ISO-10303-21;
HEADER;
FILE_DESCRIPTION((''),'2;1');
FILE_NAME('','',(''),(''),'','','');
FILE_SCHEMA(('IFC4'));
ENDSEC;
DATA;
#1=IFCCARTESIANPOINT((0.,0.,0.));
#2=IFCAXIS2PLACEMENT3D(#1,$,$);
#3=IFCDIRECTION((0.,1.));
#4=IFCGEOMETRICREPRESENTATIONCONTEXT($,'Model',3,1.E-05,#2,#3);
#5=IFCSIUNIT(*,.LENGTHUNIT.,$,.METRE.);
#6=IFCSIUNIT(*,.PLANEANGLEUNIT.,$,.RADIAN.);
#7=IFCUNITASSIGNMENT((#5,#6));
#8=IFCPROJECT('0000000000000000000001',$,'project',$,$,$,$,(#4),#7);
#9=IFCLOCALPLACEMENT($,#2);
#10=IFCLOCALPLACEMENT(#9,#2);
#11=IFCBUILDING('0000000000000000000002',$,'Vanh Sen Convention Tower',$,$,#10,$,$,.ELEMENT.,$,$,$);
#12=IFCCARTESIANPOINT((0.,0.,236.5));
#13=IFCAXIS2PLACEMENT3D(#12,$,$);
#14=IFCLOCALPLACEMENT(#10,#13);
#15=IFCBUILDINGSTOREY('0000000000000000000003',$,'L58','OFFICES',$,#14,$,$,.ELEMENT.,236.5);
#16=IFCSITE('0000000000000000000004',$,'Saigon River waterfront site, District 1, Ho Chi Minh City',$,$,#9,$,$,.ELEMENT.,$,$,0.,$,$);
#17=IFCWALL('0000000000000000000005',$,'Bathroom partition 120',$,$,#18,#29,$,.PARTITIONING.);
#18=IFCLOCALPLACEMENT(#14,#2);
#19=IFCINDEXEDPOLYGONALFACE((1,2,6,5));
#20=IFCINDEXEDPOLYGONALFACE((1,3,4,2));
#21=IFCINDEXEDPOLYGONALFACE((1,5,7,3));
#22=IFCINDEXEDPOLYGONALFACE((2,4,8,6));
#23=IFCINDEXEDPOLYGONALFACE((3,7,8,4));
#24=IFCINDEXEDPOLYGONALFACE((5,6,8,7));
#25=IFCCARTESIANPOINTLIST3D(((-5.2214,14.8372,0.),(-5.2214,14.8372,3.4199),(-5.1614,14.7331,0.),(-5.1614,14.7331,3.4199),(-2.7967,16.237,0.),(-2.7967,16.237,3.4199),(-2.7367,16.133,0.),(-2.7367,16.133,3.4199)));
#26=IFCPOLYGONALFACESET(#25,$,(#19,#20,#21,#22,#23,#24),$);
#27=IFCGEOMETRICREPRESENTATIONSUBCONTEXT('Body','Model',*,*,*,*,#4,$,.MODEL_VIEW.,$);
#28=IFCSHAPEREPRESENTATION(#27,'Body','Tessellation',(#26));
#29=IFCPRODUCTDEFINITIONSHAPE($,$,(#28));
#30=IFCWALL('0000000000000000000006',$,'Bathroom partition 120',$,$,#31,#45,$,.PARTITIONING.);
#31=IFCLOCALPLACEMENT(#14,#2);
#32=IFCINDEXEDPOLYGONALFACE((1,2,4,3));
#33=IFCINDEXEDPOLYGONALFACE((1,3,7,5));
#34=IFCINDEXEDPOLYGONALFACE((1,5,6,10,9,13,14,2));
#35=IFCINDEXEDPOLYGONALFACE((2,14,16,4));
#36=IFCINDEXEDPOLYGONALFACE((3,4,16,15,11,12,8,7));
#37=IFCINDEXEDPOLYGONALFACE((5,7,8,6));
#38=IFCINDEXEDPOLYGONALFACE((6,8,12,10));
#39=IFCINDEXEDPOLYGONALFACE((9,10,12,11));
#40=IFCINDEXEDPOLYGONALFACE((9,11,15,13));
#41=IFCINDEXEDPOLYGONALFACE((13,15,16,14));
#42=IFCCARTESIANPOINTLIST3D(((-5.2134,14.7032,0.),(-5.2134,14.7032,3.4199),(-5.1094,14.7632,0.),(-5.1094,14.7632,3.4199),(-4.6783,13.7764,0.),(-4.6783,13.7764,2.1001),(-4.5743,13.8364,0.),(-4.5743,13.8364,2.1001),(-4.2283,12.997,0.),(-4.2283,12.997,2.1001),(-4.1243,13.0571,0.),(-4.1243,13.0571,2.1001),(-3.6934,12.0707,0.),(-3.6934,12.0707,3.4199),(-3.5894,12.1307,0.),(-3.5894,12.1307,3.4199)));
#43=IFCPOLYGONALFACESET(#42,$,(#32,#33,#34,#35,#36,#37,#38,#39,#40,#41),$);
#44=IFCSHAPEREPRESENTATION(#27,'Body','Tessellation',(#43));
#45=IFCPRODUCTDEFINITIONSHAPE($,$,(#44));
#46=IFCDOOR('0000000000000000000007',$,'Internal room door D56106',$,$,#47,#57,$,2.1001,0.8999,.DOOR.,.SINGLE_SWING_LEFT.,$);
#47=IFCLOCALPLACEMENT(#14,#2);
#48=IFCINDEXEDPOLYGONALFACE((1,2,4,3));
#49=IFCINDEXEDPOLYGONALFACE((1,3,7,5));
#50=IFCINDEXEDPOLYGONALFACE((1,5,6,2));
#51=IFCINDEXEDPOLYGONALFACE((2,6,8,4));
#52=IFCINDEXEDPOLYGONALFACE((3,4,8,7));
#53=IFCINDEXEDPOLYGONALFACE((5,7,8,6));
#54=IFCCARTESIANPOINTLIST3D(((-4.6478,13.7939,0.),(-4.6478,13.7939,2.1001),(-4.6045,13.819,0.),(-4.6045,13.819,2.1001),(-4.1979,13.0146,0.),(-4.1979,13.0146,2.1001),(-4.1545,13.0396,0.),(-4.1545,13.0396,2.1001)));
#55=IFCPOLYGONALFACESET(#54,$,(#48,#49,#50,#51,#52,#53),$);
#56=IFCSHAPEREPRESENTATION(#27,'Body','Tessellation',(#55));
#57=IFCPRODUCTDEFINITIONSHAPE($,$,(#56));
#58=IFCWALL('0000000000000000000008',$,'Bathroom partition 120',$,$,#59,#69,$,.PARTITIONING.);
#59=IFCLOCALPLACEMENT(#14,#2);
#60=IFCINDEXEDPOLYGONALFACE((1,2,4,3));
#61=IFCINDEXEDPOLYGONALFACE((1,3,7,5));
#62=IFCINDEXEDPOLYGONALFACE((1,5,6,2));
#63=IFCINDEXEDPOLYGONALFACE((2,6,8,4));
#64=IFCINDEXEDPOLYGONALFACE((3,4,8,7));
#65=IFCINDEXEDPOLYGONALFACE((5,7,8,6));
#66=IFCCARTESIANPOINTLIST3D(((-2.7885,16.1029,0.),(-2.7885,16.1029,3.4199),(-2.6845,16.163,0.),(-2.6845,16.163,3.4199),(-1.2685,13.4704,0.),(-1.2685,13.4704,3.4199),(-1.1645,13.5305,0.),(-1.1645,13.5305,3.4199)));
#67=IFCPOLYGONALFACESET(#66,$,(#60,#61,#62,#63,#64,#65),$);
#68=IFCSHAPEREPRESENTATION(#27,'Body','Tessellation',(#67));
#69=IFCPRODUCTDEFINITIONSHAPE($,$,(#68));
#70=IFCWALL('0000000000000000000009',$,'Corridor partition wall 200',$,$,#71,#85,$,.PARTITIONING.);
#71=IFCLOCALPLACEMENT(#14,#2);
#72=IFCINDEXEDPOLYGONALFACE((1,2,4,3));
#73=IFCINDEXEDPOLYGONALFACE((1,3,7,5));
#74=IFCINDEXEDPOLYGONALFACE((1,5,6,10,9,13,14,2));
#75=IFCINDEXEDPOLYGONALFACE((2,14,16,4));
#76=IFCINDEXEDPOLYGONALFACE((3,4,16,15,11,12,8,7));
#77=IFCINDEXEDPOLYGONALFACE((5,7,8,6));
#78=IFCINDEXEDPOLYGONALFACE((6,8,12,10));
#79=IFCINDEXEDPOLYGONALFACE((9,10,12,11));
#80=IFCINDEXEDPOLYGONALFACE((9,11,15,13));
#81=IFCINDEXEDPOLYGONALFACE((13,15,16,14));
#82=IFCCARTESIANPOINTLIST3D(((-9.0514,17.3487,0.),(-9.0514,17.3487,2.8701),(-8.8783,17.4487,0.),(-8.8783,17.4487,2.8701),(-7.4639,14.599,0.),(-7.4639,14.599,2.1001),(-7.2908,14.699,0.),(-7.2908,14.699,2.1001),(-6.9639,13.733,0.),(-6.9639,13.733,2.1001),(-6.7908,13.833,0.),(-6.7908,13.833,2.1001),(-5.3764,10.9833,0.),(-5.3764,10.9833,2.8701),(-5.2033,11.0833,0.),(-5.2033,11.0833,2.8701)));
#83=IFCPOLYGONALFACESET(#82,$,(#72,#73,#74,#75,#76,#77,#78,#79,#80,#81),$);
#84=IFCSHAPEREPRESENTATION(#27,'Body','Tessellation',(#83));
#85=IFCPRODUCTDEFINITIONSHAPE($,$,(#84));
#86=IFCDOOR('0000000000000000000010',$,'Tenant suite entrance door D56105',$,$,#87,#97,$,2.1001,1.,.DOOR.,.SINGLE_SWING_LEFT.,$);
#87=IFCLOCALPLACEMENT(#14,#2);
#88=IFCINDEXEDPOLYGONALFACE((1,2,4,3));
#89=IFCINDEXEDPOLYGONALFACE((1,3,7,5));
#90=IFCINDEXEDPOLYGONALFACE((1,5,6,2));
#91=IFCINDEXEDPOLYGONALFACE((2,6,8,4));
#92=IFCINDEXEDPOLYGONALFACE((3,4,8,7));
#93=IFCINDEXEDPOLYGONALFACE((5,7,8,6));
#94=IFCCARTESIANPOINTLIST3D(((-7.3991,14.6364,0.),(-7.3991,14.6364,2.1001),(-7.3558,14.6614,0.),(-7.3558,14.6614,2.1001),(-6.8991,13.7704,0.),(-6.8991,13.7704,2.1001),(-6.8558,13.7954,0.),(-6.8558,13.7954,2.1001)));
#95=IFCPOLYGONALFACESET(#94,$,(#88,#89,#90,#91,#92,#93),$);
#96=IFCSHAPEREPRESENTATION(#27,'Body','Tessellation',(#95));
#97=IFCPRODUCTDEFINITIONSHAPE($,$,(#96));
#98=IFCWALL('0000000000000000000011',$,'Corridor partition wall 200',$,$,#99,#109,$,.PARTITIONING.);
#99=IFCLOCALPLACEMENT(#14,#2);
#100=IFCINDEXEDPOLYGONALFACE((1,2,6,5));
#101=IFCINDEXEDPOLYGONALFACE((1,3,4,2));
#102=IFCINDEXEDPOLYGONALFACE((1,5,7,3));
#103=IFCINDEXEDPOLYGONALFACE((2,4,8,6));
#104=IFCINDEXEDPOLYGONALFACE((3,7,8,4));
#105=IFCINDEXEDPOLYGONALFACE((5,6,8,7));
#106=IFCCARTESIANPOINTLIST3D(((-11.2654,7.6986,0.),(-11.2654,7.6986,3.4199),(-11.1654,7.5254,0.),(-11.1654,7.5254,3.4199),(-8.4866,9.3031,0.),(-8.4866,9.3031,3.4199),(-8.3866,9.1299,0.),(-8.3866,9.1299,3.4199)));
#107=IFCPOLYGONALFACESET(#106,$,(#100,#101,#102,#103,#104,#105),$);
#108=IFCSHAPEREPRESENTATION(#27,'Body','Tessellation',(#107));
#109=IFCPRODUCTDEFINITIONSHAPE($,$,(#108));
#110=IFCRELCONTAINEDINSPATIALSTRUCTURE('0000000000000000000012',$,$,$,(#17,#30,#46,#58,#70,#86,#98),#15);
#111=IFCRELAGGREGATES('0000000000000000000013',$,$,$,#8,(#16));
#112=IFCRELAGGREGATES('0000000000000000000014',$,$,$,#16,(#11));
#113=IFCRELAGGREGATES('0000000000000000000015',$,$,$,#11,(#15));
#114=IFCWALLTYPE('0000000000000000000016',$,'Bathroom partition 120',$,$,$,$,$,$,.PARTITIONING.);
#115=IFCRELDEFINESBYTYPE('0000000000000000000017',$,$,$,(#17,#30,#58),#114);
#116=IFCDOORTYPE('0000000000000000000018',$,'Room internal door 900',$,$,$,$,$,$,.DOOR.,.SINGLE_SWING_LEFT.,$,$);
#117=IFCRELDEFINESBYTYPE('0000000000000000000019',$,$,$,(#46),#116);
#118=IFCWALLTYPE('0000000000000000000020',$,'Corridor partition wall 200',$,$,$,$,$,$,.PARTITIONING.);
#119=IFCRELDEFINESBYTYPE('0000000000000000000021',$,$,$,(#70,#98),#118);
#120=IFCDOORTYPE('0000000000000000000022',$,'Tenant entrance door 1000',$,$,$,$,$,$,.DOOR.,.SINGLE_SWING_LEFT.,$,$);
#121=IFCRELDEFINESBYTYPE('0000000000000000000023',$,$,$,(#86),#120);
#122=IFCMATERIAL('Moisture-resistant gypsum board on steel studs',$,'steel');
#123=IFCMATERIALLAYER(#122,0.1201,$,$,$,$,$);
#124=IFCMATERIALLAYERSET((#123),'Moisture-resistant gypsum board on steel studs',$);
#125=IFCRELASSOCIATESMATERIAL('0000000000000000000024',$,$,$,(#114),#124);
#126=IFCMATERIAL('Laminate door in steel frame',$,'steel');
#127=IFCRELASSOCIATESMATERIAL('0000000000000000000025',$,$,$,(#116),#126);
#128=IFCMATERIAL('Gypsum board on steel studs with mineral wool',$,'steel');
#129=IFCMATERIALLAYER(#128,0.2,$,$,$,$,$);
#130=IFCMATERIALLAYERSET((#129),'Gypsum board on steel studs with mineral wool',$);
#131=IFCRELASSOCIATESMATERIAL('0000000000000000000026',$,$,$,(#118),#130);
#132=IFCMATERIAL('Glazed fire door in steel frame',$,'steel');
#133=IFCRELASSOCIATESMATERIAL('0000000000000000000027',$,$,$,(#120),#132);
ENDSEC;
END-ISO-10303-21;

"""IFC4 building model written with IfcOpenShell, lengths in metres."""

from ifc_helpers import new_model, si_unit, direction, frame, frame_2d, origin, place, context, subcontext, project, spatial, rectangle, extrude, material, layer, layer_set, type_object, element, fill, save


model = new_model("IFC4")

# Units and contexts
model_context = context("Model", 3, precision=1e-05, world=origin(), true_north=direction((0.0, 1.0)))
body_context = subcontext(model_context, "Body", "Model", "MODEL_VIEW")
ifc_project = project(units=[si_unit("LENGTHUNIT", "METRE"), si_unit("PLANEANGLEUNIT", "RADIAN")], contexts=[model_context])

# Site, building, storey
site_placement = place(None, origin())
site = spatial("IfcSite", under=ifc_project, at=site_placement, Name="Saigon River waterfront site, District 1, Ho Chi Minh City", CompositionType="ELEMENT", RefElevation=0.0)
building_placement = place(site_placement, origin())
building = spatial("IfcBuilding", under=site, at=building_placement, Name="Vanh Sen Convention Tower", CompositionType="ELEMENT")
storey_placement = place(building_placement, frame((0.0, 0.0, 236.5)))
storey = spatial("IfcBuildingStorey", under=building, at=storey_placement, Name="L58", Description="OFFICES", CompositionType="ELEMENT", Elevation=236.5)

# Wall
ifc_material_1 = material(Name="Moisture-resistant gypsum board on steel studs", Category="steel")
ifc_layer_1 = layer(ifc_material_1, 0.1201)
ifc_layer_set_1 = layer_set([ifc_layer_1], Name="Moisture-resistant gypsum board on steel studs")
wall_type_1 = type_object("IfcWallType", Name="Bathroom partition 120", PredefinedType="PARTITIONING", material=ifc_layer_set_1)
wall_1_placement = place(storey_placement, frame((-5.1914, 14.7852, 0.0), z_axis=(0.0, 0.0, 1.0), x_axis=(0.866035, 0.499984, 0.0)))
element("IfcWall", 1, at=wall_1_placement, inside=storey, type_object=wall_type_1, Name="Bathroom partition 120", PredefinedType="PARTITIONING", context=body_context, shape_type="SweptSolid", body=[
    extrude(rectangle(XDim=2.7998, YDim=0.1201, at=frame_2d((1.3999, 0.0))), origin(), (0.0, 0.0, 1.0), 3.4199),
])

# Wall, opening, door
wall_2_placement = place(storey_placement, frame((-3.6414, 12.1006, 0.0), z_axis=(0.0, 0.0, 1.0), x_axis=(-0.500026, 0.86601, 0.0)))
wall_2 = element("IfcWall", 2, at=wall_2_placement, inside=storey, type_object=wall_type_1, Name="Bathroom partition 120", PredefinedType="PARTITIONING", context=body_context, shape_type="SweptSolid", body=[
    extrude(rectangle(XDim=3.0398, YDim=0.1201, at=frame_2d((1.52, 0.0))), origin(), (0.0, 0.0, 1.0), 3.4199),
])
opening_1_placement = place(wall_2_placement, frame((1.0698, 0.0, 0.0)))
opening_1 = element("IfcOpeningElement", 3, at=opening_1_placement, cuts=wall_2, PredefinedType="OPENING", context=body_context, shape_type="SweptSolid", body=[
    extrude(rectangle(XDim=0.8999, YDim=2.1001, at=frame_2d((0.45, 1.05))), frame((0.0, 0.0701, 0.0), z_axis=(0.0, -1.0, 0.0), x_axis=(1.0, 0.0, 0.0)), (0.0, 0.0, 1.0), 0.1401),
])
ifc_material_2 = material(Name="Laminate door in steel frame", Category="steel")
door_type_1 = type_object("IfcDoorType", Name="Room internal door 900", OperationType="SINGLE_SWING_LEFT", PredefinedType="DOOR", material=ifc_material_2)
door_1_placement = place(opening_1_placement, origin())
door_1 = element("IfcDoor", 4, at=door_1_placement, inside=storey, type_object=door_type_1, Name="Internal room door D56106", OperationType="SINGLE_SWING_LEFT", OverallHeight=2.1001, OverallWidth=0.8999, PredefinedType="DOOR", context=body_context, shape_type="SweptSolid", body=[
    extrude(rectangle(XDim=0.8999, YDim=2.1001, at=frame_2d((0.45, 1.05))), frame((0.0, 0.0249, 0.0), z_axis=(0.0, -1.0, 0.0), x_axis=(1.0, 0.0, 0.0)), (0.0, 0.0, 1.0), 0.05),
])
fill(opening_1, door_1)

# Wall
wall_3_placement = place(storey_placement, frame((-2.7366, 16.1331, 0.0), z_axis=(0.0, 0.0, 1.0), x_axis=(0.500026, -0.86601, 0.0)))
element("IfcWall", 5, at=wall_3_placement, inside=storey, type_object=wall_type_1, Name="Bathroom partition 120", PredefinedType="PARTITIONING", context=body_context, shape_type="SweptSolid", body=[
    extrude(rectangle(XDim=3.0398, YDim=0.1201, at=frame_2d((1.52, 0.0))), origin(), (0.0, 0.0, 1.0), 3.4199),
])

# Wall, opening, door
ifc_material_3 = material(Name="Gypsum board on steel studs with mineral wool", Category="steel")
ifc_layer_2 = layer(ifc_material_3, 0.2)
ifc_layer_set_2 = layer_set([ifc_layer_2], Name="Gypsum board on steel studs with mineral wool")
wall_type_2 = type_object("IfcWallType", Name="Corridor partition wall 200", PredefinedType="PARTITIONING", material=ifc_layer_set_2)
wall_4_placement = place(storey_placement, frame((-8.9648, 17.3987, 0.0), z_axis=(0.0, 0.0, 1.0), x_axis=(0.499994, -0.866029, 0.0)))
wall_4 = element("IfcWall", 6, at=wall_4_placement, inside=storey, type_object=wall_type_2, Name="Corridor partition wall 200", PredefinedType="PARTITIONING", context=body_context, shape_type="SweptSolid", body=[
    extrude(rectangle(XDim=7.3501, YDim=0.2, at=frame_2d((3.675, 0.0))), origin(), (0.0, 0.0, 1.0), 2.8701),
])
opening_2_placement = place(wall_4_placement, frame((3.175, 0.0, 0.0)))
opening_2 = element("IfcOpeningElement", 7, at=opening_2_placement, cuts=wall_4, PredefinedType="OPENING", context=body_context, shape_type="SweptSolid", body=[
    extrude(rectangle(XDim=1.0, YDim=2.1001, at=frame_2d((0.5, 1.05))), frame((0.0, 0.1099, 0.0), z_axis=(0.0, -1.0, 0.0), x_axis=(1.0, 0.0, 0.0)), (0.0, 0.0, 1.0), 0.22),
])
ifc_material_4 = material(Name="Glazed fire door in steel frame", Category="steel")
door_type_2 = type_object("IfcDoorType", Name="Tenant entrance door 1000", OperationType="SINGLE_SWING_LEFT", PredefinedType="DOOR", material=ifc_material_4)
door_2_placement = place(opening_2_placement, origin())
door_2 = element("IfcDoor", 8, at=door_2_placement, inside=storey, type_object=door_type_2, Name="Tenant suite entrance door D56105", OperationType="SINGLE_SWING_LEFT", OverallHeight=2.1001, OverallWidth=1.0, PredefinedType="DOOR", context=body_context, shape_type="SweptSolid", body=[
    extrude(rectangle(XDim=1.0, YDim=2.1001, at=frame_2d((0.5, 1.05))), frame((0.0, 0.0249, 0.0), z_axis=(0.0, -1.0, 0.0), x_axis=(1.0, 0.0, 0.0)), (0.0, 0.0, 1.0), 0.05),
])
fill(opening_2, door_2)

# Wall
wall_5_placement = place(storey_placement, frame((-8.4365, 9.2166, 0.0), z_axis=(0.0, 0.0, 1.0), x_axis=(-0.866006, -0.500034, 0.0)))
element("IfcWall", 9, at=wall_5_placement, inside=storey, type_object=wall_type_2, Name="Corridor partition wall 200", PredefinedType="PARTITIONING", context=body_context, shape_type="SweptSolid", body=[
    extrude(rectangle(XDim=3.2087, YDim=0.2, at=frame_2d((1.6045, 0.0))), origin(), (0.0, 0.0, 1.0), 3.4199),
])

save(model, "model.ifc")
